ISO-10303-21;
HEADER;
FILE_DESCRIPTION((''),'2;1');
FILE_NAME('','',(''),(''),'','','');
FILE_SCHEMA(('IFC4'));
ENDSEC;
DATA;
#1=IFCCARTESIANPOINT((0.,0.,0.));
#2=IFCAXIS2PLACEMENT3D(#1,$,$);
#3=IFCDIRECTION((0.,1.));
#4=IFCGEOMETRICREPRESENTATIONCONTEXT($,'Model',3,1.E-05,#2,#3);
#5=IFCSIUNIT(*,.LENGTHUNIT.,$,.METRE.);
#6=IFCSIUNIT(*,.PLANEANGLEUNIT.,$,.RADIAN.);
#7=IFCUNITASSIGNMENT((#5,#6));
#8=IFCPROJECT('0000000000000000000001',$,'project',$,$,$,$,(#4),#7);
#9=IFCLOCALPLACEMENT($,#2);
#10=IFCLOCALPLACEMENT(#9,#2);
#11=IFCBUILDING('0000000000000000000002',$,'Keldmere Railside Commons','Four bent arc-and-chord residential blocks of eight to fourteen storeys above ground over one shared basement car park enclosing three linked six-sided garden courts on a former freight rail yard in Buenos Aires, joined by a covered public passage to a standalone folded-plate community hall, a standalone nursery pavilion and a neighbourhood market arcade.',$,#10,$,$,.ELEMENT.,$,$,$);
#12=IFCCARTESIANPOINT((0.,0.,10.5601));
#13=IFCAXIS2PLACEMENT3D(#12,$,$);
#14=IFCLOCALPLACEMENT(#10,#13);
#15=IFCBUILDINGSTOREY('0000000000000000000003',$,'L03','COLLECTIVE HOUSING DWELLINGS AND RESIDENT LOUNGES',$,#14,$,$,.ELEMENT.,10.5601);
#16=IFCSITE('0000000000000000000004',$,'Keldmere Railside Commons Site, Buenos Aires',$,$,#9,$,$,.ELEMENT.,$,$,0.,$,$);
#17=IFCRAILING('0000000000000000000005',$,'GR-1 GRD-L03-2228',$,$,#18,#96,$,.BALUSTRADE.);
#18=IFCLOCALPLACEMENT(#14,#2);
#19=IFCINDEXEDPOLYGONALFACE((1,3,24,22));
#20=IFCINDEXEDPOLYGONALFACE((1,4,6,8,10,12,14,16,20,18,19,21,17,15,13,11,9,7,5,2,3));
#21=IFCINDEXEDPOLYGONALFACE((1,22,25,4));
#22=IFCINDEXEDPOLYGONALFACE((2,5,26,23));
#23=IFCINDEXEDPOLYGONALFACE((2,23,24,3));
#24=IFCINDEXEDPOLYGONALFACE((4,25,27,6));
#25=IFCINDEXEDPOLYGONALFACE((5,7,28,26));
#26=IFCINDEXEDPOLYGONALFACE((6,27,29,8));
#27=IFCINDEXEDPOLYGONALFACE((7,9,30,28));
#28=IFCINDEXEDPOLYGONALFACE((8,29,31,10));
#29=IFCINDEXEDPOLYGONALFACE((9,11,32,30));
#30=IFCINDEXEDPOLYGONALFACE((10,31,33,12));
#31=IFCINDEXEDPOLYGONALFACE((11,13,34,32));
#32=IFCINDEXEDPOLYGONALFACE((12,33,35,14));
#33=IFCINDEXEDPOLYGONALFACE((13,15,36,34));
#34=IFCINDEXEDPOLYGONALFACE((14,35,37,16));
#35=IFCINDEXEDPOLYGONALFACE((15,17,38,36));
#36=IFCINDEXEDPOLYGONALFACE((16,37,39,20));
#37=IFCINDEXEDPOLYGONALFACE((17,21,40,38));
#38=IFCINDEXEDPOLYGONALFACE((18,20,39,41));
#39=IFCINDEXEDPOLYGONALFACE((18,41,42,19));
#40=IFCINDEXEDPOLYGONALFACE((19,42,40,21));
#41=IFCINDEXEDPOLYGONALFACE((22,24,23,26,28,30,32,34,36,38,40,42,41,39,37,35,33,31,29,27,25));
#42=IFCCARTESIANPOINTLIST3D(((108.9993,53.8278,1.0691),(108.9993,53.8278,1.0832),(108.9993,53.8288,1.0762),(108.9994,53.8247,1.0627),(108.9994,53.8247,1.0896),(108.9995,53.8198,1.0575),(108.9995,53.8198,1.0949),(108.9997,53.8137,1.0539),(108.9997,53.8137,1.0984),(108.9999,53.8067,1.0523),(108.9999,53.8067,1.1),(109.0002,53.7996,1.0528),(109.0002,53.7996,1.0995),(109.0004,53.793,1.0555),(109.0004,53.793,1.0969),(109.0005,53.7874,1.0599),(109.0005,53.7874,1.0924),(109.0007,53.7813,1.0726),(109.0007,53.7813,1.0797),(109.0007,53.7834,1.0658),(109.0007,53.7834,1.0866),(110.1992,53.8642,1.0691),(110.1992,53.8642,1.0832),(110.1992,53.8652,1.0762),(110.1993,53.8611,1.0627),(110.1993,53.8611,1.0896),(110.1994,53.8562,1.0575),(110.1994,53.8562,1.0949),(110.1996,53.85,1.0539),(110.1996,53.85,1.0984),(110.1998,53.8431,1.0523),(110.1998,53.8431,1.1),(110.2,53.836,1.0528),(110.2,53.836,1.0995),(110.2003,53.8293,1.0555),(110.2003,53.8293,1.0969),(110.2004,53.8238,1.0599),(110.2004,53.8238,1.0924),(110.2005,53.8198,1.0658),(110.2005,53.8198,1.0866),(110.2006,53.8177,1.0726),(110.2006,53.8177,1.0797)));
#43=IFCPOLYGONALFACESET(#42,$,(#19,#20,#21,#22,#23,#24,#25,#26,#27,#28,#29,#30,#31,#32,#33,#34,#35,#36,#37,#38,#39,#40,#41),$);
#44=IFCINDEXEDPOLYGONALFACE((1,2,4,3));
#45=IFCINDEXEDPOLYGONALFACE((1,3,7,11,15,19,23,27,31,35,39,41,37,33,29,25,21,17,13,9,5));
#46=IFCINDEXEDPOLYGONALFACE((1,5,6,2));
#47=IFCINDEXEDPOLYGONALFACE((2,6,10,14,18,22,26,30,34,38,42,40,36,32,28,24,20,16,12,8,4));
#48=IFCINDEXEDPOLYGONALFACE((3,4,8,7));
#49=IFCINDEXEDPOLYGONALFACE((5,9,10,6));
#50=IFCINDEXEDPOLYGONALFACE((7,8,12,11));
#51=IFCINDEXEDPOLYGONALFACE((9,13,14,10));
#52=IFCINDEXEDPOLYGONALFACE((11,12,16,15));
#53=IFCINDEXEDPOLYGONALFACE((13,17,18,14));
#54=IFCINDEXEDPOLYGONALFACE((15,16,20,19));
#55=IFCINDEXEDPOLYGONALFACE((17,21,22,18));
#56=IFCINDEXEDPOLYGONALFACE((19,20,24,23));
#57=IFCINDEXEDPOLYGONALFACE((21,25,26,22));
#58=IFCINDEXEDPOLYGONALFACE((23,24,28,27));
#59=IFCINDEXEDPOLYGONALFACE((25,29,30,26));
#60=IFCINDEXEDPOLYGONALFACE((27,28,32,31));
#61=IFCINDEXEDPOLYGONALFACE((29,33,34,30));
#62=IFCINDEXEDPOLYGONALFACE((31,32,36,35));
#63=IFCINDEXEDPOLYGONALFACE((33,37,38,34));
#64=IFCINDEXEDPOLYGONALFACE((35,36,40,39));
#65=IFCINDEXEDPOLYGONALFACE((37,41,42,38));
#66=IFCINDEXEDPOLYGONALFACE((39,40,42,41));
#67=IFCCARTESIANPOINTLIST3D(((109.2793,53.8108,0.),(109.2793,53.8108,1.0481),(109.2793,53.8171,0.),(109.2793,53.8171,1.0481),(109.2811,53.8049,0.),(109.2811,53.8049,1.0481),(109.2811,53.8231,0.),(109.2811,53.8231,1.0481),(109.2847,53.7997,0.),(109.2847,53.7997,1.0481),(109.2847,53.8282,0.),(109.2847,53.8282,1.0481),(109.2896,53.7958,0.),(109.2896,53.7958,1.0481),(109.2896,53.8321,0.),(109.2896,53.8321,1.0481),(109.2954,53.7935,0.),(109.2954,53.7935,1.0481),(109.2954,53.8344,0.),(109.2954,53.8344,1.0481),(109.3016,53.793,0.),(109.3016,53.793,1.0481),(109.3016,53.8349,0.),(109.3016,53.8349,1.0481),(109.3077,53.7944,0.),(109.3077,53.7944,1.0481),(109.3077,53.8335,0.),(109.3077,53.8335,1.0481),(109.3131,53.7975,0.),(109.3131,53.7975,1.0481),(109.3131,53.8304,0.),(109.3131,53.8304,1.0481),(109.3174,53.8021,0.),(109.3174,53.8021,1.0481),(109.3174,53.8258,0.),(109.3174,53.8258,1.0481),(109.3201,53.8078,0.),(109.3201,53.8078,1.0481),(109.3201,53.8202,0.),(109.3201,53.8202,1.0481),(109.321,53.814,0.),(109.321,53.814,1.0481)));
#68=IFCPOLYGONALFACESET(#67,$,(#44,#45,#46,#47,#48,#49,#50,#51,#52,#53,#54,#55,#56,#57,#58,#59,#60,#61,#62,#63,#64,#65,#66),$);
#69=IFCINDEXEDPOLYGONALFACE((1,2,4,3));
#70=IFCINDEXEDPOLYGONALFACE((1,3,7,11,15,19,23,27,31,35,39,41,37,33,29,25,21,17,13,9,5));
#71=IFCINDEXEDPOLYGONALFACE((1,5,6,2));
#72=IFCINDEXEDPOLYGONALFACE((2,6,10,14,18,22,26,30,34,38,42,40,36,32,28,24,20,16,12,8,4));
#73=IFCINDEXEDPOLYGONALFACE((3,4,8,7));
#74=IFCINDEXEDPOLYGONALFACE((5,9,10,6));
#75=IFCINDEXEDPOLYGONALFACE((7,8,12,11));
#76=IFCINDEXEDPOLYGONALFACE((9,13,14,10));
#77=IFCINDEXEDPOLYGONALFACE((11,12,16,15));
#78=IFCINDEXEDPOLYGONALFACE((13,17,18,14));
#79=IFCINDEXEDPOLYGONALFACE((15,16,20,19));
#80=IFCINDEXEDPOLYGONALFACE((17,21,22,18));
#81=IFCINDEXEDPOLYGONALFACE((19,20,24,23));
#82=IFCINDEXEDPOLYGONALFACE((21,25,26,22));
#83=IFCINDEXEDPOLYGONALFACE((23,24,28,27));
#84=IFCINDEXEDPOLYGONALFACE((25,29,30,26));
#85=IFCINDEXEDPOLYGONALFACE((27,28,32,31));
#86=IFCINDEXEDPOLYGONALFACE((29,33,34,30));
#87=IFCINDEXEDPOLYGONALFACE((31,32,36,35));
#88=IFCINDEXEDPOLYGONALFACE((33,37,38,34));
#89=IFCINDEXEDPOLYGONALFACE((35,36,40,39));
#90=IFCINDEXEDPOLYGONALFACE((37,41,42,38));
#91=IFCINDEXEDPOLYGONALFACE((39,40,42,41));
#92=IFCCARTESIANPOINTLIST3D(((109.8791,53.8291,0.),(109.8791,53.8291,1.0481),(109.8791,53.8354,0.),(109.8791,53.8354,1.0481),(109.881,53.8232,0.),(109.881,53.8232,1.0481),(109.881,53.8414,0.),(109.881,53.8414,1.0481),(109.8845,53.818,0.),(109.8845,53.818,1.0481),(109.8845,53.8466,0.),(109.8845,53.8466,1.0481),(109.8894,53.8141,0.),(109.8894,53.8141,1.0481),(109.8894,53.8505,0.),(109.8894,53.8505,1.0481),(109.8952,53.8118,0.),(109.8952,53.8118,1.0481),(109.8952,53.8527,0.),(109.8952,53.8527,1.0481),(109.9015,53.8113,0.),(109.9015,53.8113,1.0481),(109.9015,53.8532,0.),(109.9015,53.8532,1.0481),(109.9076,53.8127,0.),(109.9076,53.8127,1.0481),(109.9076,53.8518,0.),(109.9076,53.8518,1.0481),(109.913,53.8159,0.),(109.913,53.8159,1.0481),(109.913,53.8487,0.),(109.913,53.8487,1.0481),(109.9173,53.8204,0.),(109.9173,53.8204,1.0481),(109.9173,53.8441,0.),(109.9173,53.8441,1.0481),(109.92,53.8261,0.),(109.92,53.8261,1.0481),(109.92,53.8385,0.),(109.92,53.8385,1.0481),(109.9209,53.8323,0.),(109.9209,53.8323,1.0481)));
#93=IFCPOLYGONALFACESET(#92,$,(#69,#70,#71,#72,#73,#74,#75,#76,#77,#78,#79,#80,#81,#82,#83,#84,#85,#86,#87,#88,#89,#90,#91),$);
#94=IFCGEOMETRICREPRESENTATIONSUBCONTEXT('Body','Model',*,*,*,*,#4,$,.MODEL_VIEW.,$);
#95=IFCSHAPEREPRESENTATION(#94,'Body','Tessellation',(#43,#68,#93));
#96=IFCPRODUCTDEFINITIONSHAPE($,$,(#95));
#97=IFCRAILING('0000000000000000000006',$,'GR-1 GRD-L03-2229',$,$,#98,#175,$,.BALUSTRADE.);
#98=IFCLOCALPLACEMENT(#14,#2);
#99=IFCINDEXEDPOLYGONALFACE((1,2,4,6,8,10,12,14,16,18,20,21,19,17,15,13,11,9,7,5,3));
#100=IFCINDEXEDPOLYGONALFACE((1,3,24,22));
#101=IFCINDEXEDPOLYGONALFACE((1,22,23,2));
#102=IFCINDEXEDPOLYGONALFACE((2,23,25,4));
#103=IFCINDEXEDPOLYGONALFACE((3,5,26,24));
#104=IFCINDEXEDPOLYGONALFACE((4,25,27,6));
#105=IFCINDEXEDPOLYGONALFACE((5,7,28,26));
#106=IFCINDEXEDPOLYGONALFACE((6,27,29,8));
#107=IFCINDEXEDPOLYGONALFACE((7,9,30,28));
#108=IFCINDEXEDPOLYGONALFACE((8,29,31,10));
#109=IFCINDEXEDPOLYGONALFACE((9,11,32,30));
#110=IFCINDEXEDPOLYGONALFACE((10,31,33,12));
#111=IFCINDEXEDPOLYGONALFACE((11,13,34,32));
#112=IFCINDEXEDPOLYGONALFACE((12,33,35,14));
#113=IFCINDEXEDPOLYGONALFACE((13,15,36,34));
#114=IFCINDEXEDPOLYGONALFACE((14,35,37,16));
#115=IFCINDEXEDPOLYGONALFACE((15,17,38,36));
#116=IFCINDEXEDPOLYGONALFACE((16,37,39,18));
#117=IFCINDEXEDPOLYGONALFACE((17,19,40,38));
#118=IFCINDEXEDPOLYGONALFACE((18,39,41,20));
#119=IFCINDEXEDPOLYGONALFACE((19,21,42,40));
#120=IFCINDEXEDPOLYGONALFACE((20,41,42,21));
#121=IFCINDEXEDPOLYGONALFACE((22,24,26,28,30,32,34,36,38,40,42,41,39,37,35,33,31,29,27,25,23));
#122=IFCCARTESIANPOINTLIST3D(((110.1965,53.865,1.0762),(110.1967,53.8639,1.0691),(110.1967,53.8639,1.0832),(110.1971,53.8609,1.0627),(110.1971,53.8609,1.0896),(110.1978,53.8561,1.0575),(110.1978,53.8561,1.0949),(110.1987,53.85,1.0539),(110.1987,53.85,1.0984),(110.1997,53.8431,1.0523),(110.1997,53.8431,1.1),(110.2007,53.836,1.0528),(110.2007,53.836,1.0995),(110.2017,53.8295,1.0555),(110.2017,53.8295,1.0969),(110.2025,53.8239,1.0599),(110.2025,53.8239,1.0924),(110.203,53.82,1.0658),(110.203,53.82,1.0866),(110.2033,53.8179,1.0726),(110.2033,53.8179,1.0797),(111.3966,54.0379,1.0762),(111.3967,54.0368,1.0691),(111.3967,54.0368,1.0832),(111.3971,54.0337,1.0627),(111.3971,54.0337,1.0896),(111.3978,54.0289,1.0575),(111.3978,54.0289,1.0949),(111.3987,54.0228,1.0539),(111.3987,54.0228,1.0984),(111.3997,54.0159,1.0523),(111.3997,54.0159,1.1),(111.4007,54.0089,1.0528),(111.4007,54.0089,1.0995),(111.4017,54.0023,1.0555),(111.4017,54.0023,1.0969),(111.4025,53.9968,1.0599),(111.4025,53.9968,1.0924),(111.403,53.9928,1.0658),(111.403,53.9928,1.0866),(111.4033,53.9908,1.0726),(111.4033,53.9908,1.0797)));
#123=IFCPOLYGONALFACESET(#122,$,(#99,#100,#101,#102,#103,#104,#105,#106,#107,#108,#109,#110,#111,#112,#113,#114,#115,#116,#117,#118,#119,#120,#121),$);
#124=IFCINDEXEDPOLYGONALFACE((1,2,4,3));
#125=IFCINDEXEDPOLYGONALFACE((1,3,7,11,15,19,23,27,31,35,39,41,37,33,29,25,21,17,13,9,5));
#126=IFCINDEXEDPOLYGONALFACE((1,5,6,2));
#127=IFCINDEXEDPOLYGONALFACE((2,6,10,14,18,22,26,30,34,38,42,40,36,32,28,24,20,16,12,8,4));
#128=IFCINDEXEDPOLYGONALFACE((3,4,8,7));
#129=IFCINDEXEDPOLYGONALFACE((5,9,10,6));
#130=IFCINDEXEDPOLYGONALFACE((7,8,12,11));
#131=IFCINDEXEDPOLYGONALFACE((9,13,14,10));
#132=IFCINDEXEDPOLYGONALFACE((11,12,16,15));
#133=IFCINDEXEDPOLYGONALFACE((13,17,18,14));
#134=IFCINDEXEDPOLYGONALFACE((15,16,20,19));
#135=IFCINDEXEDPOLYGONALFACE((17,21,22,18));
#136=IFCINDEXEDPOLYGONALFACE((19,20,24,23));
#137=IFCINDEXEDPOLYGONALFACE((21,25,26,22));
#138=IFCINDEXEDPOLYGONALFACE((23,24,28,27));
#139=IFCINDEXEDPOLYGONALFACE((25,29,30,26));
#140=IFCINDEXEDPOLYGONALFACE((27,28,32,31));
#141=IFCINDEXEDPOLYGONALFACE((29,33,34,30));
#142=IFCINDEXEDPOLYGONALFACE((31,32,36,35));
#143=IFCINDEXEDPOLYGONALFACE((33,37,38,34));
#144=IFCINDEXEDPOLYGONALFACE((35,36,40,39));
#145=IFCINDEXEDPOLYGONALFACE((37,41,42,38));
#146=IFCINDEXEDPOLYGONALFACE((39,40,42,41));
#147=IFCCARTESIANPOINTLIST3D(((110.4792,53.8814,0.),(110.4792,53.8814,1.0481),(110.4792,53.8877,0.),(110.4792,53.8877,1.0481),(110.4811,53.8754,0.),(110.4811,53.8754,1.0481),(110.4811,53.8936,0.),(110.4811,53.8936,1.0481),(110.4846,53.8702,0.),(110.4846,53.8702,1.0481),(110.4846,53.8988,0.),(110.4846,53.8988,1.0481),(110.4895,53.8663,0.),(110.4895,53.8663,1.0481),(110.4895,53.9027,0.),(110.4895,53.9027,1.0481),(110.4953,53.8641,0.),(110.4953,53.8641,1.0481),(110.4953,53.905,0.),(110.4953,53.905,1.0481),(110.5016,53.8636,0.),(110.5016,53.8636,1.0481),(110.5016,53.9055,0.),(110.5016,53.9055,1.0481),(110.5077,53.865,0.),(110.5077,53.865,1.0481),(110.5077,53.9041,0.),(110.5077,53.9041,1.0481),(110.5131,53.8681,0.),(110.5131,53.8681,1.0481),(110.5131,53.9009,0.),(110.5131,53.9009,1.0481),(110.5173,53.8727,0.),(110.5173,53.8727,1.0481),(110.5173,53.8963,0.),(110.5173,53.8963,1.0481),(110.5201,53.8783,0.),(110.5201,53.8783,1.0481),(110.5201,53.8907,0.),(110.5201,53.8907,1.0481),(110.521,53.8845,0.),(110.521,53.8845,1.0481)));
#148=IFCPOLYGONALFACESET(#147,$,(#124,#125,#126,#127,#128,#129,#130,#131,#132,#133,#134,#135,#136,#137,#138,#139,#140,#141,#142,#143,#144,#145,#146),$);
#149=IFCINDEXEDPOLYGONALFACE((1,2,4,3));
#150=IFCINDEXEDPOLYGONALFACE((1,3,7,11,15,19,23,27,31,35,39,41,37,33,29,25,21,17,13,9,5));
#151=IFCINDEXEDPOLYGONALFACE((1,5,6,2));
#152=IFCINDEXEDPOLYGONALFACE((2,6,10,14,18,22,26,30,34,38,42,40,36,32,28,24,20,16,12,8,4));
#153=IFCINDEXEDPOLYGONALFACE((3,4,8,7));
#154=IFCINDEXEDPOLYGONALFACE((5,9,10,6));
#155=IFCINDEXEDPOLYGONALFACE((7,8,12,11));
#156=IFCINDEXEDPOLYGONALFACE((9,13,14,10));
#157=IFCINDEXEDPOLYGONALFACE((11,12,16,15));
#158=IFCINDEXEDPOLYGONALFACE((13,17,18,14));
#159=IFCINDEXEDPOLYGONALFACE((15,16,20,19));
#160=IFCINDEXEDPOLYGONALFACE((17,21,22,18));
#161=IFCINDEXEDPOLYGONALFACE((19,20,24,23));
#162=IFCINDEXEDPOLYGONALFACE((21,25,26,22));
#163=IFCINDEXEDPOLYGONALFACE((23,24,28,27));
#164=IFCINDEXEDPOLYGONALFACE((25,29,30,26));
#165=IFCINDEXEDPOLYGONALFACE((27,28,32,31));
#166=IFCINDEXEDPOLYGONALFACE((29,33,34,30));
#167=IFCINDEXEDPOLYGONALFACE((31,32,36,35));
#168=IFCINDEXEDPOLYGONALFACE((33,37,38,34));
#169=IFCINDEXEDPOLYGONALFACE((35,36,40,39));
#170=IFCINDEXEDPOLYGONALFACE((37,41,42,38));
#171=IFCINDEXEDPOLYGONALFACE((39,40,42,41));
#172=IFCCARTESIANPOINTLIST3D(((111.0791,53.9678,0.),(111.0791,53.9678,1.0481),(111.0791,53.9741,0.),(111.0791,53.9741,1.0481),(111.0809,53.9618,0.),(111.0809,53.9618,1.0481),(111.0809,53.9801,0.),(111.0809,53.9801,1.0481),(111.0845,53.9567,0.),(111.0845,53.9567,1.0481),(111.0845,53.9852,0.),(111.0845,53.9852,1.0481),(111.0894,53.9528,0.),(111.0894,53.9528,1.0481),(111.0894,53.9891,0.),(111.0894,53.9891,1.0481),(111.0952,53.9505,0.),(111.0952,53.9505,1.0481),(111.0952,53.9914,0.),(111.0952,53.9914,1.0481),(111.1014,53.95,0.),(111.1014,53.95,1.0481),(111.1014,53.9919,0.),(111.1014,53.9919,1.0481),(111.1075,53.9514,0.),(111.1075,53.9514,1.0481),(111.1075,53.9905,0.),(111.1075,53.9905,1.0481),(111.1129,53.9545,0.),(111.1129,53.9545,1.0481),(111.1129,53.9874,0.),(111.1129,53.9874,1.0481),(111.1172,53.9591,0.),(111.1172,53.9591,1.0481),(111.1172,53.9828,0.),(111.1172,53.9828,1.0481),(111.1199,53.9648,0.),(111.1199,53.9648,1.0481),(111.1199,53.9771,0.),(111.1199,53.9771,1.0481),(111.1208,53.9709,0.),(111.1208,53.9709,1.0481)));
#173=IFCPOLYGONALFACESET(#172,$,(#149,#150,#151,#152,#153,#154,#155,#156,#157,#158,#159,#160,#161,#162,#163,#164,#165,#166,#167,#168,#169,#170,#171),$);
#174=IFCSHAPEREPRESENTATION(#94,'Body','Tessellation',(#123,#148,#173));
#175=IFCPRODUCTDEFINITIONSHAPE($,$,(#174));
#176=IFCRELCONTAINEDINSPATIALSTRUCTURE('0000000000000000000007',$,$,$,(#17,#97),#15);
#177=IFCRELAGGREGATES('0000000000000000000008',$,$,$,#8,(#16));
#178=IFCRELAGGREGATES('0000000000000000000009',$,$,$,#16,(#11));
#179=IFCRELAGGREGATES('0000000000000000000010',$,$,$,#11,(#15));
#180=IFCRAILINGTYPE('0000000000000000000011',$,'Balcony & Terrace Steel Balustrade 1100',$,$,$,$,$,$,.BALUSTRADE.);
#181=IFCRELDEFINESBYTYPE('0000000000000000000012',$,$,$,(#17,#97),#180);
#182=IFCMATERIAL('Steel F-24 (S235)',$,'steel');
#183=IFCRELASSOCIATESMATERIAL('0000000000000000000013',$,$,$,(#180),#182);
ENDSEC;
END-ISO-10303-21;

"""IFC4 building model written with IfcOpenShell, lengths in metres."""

from ifc_helpers import new_model, si_unit, direction, frame, origin, origin_2d, place, context, subcontext, project, spatial, circle, extrude, material, type_object, element, save


model = new_model("IFC4")

# Units and contexts
model_context = context("Model", 3, precision=1e-05, world=origin(), true_north=direction((0.0, 1.0)))
body_context = subcontext(model_context, "Body", "Model", "MODEL_VIEW")
ifc_project = project(units=[si_unit("LENGTHUNIT", "METRE"), si_unit("PLANEANGLEUNIT", "RADIAN")], contexts=[model_context])

# Site, building, storey
site_placement = place(None, origin())
site = spatial("IfcSite", under=ifc_project, at=site_placement, Name="Keldmere Railside Commons Site, Buenos Aires", CompositionType="ELEMENT", RefElevation=0.0)
building_placement = place(site_placement, origin())
building = spatial("IfcBuilding", under=site, at=building_placement, Name="Keldmere Railside Commons", Description="Four bent arc-and-chord residential blocks of eight to fourteen storeys above ground over one shared basement car park enclosing three linked six-sided garden courts on a former freight rail yard in Buenos Aires, joined by a covered public passage to a standalone folded-plate community hall, a standalone nursery pavilion and a neighbourhood market arcade.", CompositionType="ELEMENT")
storey_placement = place(building_placement, frame((0.0, 0.0, 10.5601)))
storey = spatial("IfcBuildingStorey", under=building, at=storey_placement, Name="L03", Description="COLLECTIVE HOUSING DWELLINGS AND RESIDENT LOUNGES", CompositionType="ELEMENT", Elevation=10.5601)

# Railings
ifc_material_1 = material(Name="Steel F-24 (S235)", Category="steel")
railing_type_1 = type_object("IfcRailingType", Name="Balcony & Terrace Steel Balustrade 1100", PredefinedType="BALUSTRADE", material=ifc_material_1)
railing_1_placement = place(storey_placement, frame((109.0, 53.8049, 0.0)))
element("IfcRailing", 1, at=railing_1_placement, inside=storey, type_object=railing_type_1, Name="GR-1 GRD-L03-2228", PredefinedType="BALUSTRADE", context=body_context, shape_type="SweptSolid", body=[
    extrude(circle(Radius=0.0239, at=origin_2d()), frame((0.0, 0.0, 1.0762), z_axis=(0.999541, 0.030301, 0.0), x_axis=(-0.030301, 0.999541, 0.0)), (0.0, 0.0, 1.0), 1.2004),
    extrude(circle(Radius=0.021, at=origin_2d()), frame((0.3, 0.009, 0.0)), (0.0, 0.0, 1.0), 1.0481),
    extrude(circle(Radius=0.021, at=origin_2d()), frame((0.8999, 0.0273, 0.0)), (0.0, 0.0, 1.0), 1.0481),
])
railing_2_placement = place(storey_placement, frame((110.2, 53.8413, 0.0)))
element("IfcRailing", 2, at=railing_2_placement, inside=storey, type_object=railing_type_1, Name="GR-1 GRD-L03-2229", PredefinedType="BALUSTRADE", context=body_context, shape_type="SweptSolid", body=[
    extrude(circle(Radius=0.0239, at=origin_2d()), frame((0.0, 0.0, 1.0762), z_axis=(0.989784, 0.142577, 0.0), x_axis=(-0.142577, 0.989784, 0.0)), (0.0, 0.0, 1.0), 1.2124),
    extrude(circle(Radius=0.021, at=origin_2d()), frame((0.3, 0.0432, 0.0)), (0.0, 0.0, 1.0), 1.0481),
    extrude(circle(Radius=0.021, at=origin_2d()), frame((0.8999, 0.1296, 0.0)), (0.0, 0.0, 1.0), 1.0481),
])

save(model, "model.ifc")
